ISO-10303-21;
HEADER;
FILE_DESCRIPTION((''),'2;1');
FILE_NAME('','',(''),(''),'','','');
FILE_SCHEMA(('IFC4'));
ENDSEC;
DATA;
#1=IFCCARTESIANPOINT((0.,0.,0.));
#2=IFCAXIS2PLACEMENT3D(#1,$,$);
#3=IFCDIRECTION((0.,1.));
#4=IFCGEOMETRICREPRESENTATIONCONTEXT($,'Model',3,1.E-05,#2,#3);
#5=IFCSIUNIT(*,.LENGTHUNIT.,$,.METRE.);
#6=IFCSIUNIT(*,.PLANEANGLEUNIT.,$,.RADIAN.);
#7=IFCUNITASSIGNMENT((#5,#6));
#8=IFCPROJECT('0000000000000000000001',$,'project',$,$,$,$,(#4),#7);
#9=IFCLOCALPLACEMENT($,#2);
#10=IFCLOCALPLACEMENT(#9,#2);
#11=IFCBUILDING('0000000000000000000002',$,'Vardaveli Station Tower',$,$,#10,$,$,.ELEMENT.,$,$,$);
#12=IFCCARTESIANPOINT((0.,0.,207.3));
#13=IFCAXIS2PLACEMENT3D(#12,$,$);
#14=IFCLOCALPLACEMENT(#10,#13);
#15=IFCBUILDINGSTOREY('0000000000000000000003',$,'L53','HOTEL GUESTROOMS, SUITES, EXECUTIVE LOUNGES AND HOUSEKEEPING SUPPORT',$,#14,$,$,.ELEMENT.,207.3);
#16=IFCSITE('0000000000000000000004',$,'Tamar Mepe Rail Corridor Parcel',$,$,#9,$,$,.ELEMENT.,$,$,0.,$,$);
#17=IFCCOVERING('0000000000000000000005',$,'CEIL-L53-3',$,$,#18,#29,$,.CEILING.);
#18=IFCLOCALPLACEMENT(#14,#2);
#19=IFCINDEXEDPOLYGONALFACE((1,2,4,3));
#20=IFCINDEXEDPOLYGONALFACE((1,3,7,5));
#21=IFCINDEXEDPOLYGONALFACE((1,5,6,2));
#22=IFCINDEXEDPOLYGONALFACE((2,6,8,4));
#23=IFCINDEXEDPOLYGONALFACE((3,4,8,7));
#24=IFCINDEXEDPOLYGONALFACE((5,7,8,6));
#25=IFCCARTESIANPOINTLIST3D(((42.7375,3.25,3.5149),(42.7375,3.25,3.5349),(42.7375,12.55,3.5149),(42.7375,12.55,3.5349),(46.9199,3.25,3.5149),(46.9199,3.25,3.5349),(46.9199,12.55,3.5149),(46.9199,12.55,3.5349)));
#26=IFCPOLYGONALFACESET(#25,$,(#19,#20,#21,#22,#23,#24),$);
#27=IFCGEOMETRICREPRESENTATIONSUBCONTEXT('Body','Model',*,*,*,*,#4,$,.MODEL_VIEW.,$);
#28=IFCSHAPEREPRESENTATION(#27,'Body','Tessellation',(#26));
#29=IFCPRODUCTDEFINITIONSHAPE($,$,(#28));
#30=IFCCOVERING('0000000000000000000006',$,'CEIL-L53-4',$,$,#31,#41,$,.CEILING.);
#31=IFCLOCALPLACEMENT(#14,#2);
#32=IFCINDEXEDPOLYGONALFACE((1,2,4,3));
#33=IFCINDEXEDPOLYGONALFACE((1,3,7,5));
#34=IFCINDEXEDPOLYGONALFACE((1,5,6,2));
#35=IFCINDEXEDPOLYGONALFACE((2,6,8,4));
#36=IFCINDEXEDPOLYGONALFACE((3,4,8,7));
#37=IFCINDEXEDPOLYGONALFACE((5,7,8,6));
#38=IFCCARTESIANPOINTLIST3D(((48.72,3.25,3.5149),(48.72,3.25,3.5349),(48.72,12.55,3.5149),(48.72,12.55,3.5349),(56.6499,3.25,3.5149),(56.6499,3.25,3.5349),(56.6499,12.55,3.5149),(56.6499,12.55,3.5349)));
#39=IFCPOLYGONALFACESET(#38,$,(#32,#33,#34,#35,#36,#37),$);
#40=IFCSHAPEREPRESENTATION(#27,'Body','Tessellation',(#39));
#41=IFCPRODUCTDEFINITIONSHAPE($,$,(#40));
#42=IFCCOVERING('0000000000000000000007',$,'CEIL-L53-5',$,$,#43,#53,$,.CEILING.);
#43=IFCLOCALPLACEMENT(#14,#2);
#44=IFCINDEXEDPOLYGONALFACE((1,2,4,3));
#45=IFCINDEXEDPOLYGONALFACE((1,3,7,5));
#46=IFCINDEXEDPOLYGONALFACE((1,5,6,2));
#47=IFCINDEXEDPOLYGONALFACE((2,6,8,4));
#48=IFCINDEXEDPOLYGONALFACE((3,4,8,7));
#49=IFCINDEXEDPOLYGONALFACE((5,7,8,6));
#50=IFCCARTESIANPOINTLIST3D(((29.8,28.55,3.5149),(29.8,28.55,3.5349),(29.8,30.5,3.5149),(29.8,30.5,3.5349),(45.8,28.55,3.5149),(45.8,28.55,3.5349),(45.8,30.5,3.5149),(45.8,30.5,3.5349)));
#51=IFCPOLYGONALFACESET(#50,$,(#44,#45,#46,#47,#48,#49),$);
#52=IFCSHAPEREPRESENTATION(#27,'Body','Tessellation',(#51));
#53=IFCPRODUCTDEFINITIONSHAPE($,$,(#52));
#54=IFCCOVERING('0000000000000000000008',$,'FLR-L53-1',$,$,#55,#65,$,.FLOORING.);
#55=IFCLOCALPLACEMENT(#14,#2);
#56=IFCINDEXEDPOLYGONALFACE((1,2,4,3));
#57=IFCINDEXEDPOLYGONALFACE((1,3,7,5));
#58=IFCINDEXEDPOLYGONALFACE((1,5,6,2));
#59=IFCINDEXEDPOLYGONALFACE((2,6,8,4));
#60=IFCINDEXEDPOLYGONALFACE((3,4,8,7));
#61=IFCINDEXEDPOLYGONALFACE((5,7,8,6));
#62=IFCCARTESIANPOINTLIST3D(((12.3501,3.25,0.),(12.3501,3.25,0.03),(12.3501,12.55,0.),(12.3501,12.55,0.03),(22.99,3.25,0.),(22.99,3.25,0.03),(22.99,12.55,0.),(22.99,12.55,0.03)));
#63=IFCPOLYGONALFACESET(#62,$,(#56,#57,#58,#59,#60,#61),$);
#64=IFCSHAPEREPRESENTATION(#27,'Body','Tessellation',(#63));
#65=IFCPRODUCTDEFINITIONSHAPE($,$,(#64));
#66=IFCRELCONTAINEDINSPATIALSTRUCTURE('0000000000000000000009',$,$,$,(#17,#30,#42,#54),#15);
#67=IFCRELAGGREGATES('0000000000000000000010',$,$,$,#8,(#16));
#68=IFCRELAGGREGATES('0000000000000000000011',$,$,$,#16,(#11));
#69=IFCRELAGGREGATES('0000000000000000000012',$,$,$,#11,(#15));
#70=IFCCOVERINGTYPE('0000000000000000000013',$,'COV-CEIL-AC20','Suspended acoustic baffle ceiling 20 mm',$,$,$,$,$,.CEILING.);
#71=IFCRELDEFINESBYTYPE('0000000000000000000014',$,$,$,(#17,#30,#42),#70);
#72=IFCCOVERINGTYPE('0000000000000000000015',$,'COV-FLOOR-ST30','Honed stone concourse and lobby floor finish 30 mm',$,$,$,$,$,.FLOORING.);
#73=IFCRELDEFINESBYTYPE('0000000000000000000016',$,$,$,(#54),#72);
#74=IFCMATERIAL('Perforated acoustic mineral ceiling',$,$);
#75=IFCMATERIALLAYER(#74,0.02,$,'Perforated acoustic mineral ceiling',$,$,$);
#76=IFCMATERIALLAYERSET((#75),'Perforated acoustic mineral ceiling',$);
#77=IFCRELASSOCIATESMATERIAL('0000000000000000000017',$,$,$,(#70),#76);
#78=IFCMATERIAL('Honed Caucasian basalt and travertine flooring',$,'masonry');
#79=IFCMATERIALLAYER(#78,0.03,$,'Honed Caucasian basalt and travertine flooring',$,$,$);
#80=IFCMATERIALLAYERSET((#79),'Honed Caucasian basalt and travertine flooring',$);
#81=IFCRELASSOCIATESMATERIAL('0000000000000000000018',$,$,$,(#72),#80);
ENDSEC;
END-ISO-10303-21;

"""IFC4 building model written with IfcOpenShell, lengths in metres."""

from ifc_helpers import new_model, si_unit, direction, frame, origin, place, context, subcontext, project, spatial, polyline, outline, extrude, material, layer, layer_set, type_object, element, save


model = new_model("IFC4")

# Units and contexts
model_context = context("Model", 3, precision=1e-05, world=origin(), true_north=direction((0.0, 1.0)))
body_context = subcontext(model_context, "Body", "Model", "MODEL_VIEW")
ifc_project = project(units=[si_unit("LENGTHUNIT", "METRE"), si_unit("PLANEANGLEUNIT", "RADIAN")], contexts=[model_context])

# Site, building, storey
site_placement = place(None, origin())
site = spatial("IfcSite", under=ifc_project, at=site_placement, Name="Tamar Mepe Rail Corridor Parcel", CompositionType="ELEMENT", RefElevation=0.0)
building_placement = place(site_placement, origin())
building = spatial("IfcBuilding", under=site, at=building_placement, Name="Vardaveli Station Tower", CompositionType="ELEMENT")
storey_placement = place(building_placement, frame((0.0, 0.0, 207.3)))
storey = spatial("IfcBuildingStorey", under=building, at=storey_placement, Name="L53", Description="HOTEL GUESTROOMS, SUITES, EXECUTIVE LOUNGES AND HOUSEKEEPING SUPPORT", CompositionType="ELEMENT", Elevation=207.3)

# Coverings
ifc_material_1 = material(Name="Perforated acoustic mineral ceiling")
ifc_layer_1 = layer(ifc_material_1, 0.02, Name="Perforated acoustic mineral ceiling")
ifc_layer_set_1 = layer_set([ifc_layer_1], Name="Perforated acoustic mineral ceiling")
covering_type_1 = type_object("IfcCoveringType", Name="COV-CEIL-AC20", Description="Suspended acoustic baffle ceiling 20 mm", PredefinedType="CEILING", material=ifc_layer_set_1)
covering_1_placement = place(storey_placement, frame((0.0, 0.0, 3.5149)))
element("IfcCovering", 1, at=covering_1_placement, inside=storey, type_object=covering_type_1, Name="CEIL-L53-3", PredefinedType="CEILING", context=body_context, shape_type="SweptSolid", body=[
    extrude(outline(polyline([(42.7375, 3.25), (46.9199, 3.25), (46.9199, 12.55), (42.7375, 12.55), (42.7375, 3.25)])), origin(), (0.0, 0.0, 1.0), 0.02),
])
covering_2_placement = place(storey_placement, frame((0.0, 0.0, 3.5149)))
element("IfcCovering", 2, at=covering_2_placement, inside=storey, type_object=covering_type_1, Name="CEIL-L53-4", PredefinedType="CEILING", context=body_context, shape_type="SweptSolid", body=[
    extrude(outline(polyline([(48.72, 3.25), (56.6499, 3.25), (56.6499, 12.55), (48.72, 12.55), (48.72, 3.25)])), origin(), (0.0, 0.0, 1.0), 0.02),
])
covering_3_placement = place(storey_placement, frame((0.0, 0.0, 3.5149)))
element("IfcCovering", 3, at=covering_3_placement, inside=storey, type_object=covering_type_1, Name="CEIL-L53-5", PredefinedType="CEILING", context=body_context, shape_type="SweptSolid", body=[
    extrude(outline(polyline([(29.8, 28.55), (45.8, 28.55), (45.8, 30.5), (29.8, 30.5), (29.8, 28.55)])), origin(), (0.0, 0.0, 1.0), 0.02),
])
ifc_material_2 = material(Name="Honed Caucasian basalt and travertine flooring", Category="masonry")
ifc_layer_2 = layer(ifc_material_2, 0.03, Name="Honed Caucasian basalt and travertine flooring")
ifc_layer_set_2 = layer_set([ifc_layer_2], Name="Honed Caucasian basalt and travertine flooring")
covering_type_2 = type_object("IfcCoveringType", Name="COV-FLOOR-ST30", Description="Honed stone concourse and lobby floor finish 30 mm", PredefinedType="FLOORING", material=ifc_layer_set_2)
covering_4_placement = place(storey_placement, origin())
element("IfcCovering", 4, at=covering_4_placement, inside=storey, type_object=covering_type_2, Name="FLR-L53-1", PredefinedType="FLOORING", context=body_context, shape_type="SweptSolid", body=[
    extrude(outline(polyline([(12.3501, 3.25), (22.99, 3.25), (22.99, 12.55), (12.3501, 12.55), (12.3501, 3.25)])), origin(), (0.0, 0.0, 1.0), 0.03),
])

save(model, "model.ifc")
